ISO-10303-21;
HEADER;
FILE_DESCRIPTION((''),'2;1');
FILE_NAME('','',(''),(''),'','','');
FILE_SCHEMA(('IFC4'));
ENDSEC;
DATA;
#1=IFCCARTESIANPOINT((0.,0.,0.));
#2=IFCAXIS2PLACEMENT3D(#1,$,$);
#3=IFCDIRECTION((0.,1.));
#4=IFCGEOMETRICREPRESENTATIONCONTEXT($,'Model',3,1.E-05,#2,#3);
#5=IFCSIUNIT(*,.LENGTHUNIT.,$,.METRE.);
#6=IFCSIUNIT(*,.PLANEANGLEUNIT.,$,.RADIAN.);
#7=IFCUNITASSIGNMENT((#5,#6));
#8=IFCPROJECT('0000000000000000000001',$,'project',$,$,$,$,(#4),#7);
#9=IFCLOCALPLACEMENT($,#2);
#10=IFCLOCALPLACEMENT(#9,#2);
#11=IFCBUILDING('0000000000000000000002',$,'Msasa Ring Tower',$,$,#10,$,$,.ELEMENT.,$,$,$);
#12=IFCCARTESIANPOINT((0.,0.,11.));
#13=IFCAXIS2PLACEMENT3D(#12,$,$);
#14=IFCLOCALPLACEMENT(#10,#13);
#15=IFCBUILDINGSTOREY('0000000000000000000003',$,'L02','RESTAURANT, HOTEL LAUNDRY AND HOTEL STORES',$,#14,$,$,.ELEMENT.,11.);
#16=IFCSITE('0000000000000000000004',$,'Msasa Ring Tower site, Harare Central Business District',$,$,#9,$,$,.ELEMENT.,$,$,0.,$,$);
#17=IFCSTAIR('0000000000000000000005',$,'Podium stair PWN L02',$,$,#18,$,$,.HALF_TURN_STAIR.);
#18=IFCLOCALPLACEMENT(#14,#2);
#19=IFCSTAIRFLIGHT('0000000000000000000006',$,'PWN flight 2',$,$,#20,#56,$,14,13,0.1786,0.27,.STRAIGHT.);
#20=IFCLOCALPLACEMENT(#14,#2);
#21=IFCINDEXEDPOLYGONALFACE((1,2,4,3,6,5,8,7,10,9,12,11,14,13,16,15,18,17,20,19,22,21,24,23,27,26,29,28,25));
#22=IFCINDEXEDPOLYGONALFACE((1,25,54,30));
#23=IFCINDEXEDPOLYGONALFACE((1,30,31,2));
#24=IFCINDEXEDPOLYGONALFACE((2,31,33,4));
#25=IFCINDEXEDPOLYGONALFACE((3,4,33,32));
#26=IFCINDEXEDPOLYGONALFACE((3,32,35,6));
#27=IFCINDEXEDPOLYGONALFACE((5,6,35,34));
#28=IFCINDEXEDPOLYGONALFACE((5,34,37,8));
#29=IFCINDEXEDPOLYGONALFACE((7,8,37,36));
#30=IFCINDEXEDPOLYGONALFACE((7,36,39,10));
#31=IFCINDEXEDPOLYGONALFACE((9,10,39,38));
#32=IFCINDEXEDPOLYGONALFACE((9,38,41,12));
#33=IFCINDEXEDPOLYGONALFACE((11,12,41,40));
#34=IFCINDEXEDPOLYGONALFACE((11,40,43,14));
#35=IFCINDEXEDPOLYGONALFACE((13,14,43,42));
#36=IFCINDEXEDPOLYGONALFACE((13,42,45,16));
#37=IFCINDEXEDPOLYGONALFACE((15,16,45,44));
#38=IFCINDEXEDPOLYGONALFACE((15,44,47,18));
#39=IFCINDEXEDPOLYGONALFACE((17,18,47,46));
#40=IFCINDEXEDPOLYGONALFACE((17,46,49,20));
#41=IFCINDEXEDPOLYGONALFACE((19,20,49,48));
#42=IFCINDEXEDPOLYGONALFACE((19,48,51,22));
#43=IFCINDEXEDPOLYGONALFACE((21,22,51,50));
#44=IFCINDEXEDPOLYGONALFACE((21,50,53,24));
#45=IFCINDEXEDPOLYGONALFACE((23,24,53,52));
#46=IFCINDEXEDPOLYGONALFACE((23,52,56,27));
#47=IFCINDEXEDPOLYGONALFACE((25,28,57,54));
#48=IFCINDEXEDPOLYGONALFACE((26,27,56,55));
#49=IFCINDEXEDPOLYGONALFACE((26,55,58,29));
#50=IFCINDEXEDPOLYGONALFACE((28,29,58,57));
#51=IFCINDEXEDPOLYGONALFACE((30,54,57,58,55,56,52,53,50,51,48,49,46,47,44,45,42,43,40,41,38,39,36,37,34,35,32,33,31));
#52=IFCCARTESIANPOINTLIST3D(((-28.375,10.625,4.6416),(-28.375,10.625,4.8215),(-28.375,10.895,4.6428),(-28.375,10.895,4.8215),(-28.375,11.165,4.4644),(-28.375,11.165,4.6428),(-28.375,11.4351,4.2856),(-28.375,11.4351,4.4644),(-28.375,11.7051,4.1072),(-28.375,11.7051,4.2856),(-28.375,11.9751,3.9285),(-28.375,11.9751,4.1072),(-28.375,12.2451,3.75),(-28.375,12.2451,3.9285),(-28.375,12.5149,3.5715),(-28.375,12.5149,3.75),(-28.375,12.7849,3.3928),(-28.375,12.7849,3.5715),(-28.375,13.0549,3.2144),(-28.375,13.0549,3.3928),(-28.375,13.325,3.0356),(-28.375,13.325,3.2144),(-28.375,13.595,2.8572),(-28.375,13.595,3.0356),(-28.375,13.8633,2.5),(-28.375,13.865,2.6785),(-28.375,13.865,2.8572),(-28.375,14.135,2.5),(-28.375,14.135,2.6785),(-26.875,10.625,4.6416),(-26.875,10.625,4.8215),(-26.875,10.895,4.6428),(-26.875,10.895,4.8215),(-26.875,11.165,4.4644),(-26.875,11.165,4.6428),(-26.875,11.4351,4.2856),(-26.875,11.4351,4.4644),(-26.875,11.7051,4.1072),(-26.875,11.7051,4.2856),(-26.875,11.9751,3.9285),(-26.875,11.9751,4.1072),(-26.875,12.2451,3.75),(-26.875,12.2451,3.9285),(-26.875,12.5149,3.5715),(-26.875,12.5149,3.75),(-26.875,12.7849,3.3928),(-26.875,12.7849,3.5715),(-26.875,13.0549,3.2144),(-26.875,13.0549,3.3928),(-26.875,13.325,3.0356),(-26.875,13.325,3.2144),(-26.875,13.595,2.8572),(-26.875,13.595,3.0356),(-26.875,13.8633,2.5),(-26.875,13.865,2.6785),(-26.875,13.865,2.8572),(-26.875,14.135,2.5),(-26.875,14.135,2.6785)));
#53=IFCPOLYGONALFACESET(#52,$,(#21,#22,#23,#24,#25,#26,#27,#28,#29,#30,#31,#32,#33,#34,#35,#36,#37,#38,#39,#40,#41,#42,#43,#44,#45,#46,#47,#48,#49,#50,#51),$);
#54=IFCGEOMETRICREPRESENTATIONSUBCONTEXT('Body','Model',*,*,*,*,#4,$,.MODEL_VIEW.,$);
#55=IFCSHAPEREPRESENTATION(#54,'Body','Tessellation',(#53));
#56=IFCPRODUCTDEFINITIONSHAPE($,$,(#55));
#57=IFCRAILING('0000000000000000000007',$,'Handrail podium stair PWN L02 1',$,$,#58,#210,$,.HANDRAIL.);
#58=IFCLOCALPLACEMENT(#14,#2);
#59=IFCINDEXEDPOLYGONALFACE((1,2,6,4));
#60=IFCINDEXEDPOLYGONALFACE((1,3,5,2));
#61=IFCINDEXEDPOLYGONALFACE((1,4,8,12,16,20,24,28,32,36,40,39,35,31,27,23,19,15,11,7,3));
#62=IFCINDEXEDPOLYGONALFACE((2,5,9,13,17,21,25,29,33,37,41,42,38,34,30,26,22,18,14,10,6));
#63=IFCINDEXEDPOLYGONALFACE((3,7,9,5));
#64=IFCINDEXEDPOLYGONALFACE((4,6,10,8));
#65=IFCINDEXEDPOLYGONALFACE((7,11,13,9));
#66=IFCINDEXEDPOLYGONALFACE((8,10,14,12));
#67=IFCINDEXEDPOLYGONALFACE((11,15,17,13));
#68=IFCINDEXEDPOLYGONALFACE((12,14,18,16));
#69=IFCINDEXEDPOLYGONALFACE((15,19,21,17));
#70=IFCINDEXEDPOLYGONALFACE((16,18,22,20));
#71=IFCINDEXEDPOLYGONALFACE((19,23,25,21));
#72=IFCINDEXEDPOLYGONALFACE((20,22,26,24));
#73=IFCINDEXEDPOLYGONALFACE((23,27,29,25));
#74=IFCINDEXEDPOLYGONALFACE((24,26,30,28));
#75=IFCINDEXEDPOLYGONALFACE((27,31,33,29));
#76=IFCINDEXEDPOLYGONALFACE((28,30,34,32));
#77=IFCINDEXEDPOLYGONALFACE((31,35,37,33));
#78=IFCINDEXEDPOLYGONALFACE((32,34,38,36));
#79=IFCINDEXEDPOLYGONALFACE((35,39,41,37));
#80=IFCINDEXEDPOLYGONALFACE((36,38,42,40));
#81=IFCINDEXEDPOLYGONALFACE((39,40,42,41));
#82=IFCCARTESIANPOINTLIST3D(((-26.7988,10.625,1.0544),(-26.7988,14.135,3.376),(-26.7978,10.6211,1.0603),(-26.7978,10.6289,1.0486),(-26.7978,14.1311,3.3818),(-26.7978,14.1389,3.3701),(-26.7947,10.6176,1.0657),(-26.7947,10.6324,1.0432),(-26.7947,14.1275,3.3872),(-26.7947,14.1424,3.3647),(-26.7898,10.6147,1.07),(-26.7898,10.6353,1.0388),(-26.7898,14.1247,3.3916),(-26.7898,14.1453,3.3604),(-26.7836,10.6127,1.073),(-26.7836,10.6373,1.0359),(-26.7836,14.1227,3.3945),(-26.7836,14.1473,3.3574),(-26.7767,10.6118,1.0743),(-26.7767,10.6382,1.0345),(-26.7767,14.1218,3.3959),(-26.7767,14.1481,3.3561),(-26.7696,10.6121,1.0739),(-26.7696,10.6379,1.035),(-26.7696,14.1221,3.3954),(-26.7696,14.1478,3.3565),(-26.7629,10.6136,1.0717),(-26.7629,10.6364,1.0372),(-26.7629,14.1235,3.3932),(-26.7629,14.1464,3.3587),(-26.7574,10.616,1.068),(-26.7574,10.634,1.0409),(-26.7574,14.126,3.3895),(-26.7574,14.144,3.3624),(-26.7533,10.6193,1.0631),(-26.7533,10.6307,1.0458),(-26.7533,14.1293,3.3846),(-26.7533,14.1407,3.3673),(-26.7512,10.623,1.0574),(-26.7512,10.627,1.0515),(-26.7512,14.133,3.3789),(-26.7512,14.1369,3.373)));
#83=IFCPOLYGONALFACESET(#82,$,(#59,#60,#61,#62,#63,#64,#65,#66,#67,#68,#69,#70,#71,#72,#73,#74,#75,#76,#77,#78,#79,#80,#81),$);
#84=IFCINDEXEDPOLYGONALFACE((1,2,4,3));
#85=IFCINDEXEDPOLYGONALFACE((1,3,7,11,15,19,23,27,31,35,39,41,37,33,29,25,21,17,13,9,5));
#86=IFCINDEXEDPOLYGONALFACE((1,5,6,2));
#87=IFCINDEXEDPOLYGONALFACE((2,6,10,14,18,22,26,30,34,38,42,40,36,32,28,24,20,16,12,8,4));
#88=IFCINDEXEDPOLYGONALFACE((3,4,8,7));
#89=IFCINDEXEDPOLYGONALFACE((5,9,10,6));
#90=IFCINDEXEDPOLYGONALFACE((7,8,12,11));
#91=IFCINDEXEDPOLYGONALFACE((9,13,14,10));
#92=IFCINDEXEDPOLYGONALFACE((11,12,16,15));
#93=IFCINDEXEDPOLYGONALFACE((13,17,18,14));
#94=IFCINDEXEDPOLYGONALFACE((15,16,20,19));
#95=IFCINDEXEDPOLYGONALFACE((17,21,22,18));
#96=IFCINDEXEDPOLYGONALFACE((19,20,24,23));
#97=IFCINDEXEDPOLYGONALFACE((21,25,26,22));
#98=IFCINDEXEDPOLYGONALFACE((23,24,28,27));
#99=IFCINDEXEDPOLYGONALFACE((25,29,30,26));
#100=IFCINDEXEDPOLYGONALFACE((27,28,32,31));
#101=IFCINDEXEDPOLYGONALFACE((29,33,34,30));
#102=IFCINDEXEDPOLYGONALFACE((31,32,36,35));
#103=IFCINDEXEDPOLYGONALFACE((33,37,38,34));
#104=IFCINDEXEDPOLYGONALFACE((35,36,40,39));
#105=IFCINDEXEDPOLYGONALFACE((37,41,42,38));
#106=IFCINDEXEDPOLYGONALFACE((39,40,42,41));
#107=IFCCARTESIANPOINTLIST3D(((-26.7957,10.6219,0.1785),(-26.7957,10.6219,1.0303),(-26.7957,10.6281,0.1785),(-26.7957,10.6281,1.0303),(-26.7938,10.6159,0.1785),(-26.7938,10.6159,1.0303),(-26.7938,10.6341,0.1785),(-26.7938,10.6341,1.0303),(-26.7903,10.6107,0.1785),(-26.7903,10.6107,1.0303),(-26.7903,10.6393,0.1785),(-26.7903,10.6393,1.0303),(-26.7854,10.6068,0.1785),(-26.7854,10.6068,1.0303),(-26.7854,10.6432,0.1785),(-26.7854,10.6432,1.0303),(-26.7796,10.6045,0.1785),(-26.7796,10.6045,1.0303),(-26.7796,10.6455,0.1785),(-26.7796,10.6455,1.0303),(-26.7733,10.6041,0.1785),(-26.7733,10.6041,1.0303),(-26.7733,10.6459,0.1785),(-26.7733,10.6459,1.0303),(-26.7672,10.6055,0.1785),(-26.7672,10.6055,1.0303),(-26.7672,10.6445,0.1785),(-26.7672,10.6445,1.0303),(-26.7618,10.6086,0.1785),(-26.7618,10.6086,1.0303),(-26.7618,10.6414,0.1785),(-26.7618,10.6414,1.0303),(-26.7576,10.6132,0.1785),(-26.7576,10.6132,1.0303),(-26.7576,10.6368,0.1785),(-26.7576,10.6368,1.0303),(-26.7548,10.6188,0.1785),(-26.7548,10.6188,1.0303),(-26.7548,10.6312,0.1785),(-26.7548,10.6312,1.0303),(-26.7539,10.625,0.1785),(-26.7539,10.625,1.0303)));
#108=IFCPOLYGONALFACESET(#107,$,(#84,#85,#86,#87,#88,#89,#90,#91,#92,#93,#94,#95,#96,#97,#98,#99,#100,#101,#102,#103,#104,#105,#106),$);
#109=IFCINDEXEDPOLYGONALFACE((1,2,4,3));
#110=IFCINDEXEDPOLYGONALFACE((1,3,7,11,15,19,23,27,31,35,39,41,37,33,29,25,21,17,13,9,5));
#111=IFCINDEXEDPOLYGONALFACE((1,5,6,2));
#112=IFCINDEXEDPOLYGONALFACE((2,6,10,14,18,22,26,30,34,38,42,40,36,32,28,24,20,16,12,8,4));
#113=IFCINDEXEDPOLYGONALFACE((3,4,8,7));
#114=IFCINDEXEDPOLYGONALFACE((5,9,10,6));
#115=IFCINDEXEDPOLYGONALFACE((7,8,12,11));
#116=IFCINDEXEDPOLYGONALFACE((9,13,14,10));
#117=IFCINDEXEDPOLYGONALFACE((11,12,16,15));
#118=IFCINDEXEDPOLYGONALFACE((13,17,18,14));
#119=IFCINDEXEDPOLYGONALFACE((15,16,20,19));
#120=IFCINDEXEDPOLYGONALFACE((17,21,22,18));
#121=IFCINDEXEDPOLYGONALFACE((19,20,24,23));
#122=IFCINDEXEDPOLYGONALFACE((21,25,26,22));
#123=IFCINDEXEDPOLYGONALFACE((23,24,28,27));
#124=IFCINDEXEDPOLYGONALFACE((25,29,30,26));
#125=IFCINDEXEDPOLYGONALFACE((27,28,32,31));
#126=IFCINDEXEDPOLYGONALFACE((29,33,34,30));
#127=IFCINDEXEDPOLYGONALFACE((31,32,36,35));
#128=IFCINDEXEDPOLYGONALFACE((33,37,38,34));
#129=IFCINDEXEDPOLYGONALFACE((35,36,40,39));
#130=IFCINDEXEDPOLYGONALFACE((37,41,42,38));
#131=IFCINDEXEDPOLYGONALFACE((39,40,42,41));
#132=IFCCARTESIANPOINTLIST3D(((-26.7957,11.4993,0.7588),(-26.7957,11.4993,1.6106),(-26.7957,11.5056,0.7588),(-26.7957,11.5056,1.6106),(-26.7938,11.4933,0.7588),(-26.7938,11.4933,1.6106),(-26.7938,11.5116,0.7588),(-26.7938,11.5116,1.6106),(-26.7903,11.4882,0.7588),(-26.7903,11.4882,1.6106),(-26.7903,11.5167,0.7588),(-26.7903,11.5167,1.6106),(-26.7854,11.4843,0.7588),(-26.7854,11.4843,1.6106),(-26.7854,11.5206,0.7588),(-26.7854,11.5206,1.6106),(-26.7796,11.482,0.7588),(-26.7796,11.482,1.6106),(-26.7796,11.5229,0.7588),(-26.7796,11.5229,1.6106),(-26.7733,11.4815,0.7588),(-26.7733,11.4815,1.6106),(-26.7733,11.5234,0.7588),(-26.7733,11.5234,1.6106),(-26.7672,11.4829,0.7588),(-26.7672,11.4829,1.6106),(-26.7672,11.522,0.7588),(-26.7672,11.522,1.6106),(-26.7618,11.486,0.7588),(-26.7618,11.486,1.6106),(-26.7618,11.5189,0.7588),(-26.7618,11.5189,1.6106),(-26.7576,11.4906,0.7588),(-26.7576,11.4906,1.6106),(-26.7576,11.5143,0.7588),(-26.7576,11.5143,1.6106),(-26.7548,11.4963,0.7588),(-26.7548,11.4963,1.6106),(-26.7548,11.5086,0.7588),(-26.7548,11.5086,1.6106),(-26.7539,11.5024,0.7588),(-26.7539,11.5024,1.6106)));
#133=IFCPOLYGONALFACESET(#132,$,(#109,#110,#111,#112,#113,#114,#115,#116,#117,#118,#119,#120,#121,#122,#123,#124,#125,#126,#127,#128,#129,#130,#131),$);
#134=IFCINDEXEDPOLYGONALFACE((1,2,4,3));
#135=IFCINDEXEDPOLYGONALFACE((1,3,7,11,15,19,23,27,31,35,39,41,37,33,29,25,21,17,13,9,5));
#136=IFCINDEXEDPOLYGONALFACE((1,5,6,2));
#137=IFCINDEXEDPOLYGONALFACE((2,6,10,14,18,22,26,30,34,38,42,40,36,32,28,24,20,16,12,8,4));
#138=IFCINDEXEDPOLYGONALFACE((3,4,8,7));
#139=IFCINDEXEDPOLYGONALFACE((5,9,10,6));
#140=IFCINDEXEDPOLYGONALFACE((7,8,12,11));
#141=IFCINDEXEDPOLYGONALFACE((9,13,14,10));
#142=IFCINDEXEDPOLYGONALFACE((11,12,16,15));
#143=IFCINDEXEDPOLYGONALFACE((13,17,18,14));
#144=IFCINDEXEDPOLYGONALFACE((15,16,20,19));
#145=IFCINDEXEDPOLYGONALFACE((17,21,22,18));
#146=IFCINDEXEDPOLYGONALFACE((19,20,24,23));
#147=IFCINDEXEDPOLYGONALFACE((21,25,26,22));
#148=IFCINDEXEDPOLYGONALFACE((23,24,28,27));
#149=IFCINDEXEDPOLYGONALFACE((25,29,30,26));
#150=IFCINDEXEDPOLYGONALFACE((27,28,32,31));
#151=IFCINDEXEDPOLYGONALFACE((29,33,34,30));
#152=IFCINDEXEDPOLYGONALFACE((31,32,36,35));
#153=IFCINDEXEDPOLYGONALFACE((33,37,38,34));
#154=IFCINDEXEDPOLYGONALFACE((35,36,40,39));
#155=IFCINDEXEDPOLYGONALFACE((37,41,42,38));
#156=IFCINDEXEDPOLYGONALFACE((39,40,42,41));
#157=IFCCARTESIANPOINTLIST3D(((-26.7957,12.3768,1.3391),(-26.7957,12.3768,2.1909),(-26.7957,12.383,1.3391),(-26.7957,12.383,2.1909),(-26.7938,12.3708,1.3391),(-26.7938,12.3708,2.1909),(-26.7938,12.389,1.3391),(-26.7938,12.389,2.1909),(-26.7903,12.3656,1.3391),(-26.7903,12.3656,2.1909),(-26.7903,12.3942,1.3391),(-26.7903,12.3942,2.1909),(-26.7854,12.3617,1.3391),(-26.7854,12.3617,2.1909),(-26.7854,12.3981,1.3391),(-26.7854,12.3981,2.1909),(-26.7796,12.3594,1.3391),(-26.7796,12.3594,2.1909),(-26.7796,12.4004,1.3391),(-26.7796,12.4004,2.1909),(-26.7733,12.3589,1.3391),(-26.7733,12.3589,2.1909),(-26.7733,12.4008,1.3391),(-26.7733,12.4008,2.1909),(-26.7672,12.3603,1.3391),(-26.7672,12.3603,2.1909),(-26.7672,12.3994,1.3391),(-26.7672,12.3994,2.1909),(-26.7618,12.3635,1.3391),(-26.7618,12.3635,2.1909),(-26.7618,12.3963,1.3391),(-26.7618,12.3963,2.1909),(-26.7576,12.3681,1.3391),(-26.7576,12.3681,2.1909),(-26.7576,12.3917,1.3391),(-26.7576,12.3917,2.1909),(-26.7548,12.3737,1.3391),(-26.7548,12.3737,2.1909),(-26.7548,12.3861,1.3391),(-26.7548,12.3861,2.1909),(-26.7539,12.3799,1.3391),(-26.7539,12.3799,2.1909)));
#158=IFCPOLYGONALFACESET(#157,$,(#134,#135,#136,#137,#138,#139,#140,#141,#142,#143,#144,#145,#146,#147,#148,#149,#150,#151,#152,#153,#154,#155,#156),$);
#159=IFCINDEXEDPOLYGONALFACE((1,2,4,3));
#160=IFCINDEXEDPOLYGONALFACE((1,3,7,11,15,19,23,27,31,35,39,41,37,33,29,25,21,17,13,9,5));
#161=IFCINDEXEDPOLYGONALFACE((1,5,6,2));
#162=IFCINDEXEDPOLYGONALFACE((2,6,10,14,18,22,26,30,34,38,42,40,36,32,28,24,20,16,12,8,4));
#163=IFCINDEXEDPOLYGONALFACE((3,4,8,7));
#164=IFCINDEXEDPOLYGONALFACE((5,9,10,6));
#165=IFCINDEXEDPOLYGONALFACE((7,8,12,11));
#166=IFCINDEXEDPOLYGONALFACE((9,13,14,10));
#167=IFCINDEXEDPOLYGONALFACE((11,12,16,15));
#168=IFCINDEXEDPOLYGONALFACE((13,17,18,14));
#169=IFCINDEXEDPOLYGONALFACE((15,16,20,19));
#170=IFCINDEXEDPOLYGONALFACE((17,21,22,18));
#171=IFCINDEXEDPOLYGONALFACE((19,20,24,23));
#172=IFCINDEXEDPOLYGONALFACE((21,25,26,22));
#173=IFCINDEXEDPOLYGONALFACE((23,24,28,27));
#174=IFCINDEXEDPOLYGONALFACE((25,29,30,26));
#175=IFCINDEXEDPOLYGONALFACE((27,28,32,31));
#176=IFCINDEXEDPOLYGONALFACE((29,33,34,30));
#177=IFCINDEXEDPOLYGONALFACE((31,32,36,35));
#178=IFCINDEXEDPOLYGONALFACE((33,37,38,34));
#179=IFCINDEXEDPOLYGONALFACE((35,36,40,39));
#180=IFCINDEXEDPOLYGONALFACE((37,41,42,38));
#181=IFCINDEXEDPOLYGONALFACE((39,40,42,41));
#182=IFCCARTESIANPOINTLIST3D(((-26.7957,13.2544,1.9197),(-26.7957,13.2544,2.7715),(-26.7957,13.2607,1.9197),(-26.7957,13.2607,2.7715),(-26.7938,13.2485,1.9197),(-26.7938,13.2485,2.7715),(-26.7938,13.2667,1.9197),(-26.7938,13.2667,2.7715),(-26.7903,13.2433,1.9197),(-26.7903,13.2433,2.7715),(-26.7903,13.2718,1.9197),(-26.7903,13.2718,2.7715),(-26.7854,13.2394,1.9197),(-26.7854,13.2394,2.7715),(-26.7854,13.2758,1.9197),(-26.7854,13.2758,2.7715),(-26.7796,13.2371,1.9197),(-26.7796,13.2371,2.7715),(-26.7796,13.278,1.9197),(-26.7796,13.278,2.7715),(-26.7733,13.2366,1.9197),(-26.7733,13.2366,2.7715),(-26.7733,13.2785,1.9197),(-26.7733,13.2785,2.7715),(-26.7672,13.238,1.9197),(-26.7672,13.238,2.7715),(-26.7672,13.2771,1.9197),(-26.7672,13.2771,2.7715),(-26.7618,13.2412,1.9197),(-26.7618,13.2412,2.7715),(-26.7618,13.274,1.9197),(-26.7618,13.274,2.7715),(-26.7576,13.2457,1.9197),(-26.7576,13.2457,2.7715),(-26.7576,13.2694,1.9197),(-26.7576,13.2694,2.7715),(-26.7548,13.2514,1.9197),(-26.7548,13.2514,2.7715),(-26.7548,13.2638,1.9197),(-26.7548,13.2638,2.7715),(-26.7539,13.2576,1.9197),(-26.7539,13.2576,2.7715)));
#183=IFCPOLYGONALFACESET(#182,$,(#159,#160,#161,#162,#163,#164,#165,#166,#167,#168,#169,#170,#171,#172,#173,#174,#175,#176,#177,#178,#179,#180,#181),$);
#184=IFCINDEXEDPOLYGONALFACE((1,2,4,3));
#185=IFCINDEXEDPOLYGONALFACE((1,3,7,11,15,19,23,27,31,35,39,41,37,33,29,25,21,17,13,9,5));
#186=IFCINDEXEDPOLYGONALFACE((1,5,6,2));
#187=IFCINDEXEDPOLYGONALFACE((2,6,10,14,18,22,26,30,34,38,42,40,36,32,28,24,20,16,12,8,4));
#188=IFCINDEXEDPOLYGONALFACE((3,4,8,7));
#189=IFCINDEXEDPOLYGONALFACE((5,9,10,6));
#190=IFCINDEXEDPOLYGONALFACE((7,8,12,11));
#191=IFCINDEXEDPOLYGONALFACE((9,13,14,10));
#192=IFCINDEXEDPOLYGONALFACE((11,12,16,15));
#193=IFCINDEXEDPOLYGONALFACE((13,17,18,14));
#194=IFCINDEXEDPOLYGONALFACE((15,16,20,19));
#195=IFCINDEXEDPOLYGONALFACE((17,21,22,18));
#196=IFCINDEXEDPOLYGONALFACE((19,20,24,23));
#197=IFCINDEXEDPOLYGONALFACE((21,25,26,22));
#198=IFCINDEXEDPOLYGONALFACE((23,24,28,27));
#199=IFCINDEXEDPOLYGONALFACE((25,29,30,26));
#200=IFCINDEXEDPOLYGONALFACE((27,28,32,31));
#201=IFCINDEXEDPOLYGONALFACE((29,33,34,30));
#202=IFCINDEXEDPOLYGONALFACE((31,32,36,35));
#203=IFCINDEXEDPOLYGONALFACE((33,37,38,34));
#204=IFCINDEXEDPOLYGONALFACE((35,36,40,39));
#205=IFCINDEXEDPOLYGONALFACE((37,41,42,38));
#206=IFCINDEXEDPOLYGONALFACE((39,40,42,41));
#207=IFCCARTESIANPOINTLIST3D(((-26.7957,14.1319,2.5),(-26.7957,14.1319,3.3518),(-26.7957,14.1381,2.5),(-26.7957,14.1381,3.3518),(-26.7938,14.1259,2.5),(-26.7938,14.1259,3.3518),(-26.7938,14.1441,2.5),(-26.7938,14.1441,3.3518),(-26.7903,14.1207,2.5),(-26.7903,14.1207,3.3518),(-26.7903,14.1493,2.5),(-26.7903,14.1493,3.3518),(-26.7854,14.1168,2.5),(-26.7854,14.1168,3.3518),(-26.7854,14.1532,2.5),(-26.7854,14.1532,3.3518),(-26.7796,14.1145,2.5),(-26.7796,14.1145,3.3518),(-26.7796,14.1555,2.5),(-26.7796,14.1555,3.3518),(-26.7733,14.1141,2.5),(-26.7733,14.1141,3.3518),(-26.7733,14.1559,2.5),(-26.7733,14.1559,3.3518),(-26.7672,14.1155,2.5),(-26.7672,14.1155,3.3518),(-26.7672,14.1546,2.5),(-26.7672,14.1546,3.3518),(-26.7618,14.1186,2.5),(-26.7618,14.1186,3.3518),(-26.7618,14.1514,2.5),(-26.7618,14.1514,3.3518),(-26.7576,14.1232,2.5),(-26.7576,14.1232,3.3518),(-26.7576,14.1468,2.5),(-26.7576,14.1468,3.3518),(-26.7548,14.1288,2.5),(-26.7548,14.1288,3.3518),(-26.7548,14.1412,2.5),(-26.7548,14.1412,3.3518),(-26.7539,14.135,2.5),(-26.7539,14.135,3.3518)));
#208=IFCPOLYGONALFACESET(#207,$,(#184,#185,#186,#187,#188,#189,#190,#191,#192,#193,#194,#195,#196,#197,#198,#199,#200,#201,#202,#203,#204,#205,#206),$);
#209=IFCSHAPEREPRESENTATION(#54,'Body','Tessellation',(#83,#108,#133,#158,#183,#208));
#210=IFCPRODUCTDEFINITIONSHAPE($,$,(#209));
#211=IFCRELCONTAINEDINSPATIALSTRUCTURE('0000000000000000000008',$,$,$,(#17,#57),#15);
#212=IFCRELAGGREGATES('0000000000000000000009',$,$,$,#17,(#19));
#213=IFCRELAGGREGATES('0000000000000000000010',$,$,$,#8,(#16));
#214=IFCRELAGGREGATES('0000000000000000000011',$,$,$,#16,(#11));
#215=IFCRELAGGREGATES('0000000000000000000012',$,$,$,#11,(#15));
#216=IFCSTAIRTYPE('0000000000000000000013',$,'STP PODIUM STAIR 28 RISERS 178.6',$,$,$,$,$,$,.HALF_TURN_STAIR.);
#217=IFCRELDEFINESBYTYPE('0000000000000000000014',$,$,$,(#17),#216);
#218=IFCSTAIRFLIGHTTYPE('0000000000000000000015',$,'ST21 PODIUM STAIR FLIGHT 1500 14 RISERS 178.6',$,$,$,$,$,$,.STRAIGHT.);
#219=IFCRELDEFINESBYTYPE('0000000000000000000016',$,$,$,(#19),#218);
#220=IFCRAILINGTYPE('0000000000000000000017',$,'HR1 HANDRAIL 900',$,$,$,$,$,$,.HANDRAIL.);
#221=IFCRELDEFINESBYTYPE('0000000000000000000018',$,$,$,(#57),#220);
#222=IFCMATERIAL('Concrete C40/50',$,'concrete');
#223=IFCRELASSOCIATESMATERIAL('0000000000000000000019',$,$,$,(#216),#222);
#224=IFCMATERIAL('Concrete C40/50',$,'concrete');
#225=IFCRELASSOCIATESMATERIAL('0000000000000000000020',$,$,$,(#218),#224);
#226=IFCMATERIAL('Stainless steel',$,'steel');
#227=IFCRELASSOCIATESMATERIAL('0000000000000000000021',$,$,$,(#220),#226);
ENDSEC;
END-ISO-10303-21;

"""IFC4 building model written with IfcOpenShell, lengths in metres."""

from ifc_helpers import new_model, si_unit, direction, frame, origin, origin_2d, place, context, subcontext, project, spatial, polyline, circle, outline, extrude, material, type_object, element, aggregate, save


model = new_model("IFC4")

# Units and contexts
model_context = context("Model", 3, precision=1e-05, world=origin(), true_north=direction((0.0, 1.0)))
body_context = subcontext(model_context, "Body", "Model", "MODEL_VIEW")
ifc_project = project(units=[si_unit("LENGTHUNIT", "METRE"), si_unit("PLANEANGLEUNIT", "RADIAN")], contexts=[model_context])

# Site, building, storey
site_placement = place(None, origin())
site = spatial("IfcSite", under=ifc_project, at=site_placement, Name="Msasa Ring Tower site, Harare Central Business District", CompositionType="ELEMENT", RefElevation=0.0)
building_placement = place(site_placement, origin())
building = spatial("IfcBuilding", under=site, at=building_placement, Name="Msasa Ring Tower", CompositionType="ELEMENT")
storey_placement = place(building_placement, frame((0.0, 0.0, 11.0)))
storey = spatial("IfcBuildingStorey", under=building, at=storey_placement, Name="L02", Description="RESTAURANT, HOTEL LAUNDRY AND HOTEL STORES", CompositionType="ELEMENT", Elevation=11.0)

# Stair, stair flight
ifc_material_1 = material(Name="Concrete C40/50", Category="concrete")
stair_type = type_object("IfcStairType", Name="STP PODIUM STAIR 28 RISERS 178.6", PredefinedType="HALF_TURN_STAIR", material=ifc_material_1)
stair_placement = place(storey_placement, origin())
stair = element("IfcStair", 1, at=stair_placement, inside=storey, type_object=stair_type, Name="Podium stair PWN L02", PredefinedType="HALF_TURN_STAIR")
ifc_material_2 = material(Name="Concrete C40/50", Category="concrete")
stair_flight_type = type_object("IfcStairFlightType", Name="ST21 PODIUM STAIR FLIGHT 1500 14 RISERS 178.6", PredefinedType="STRAIGHT", material=ifc_material_2)
stair_flight_1_placement = place(storey_placement, frame((-27.625, 14.135, 2.5), z_axis=(0.0, 0.0, 1.0), x_axis=(0.0, -1.0, 0.0)))
stair_flight_1 = element("IfcStairFlight", 2, at=stair_flight_1_placement, type_object=stair_flight_type, Name="PWN flight 2", NumberOfRisers=14, NumberOfTreads=13, PredefinedType="STRAIGHT", RiserHeight=0.1786, TreadLength=0.27, context=body_context, shape_type="SweptSolid", body=[
    extrude(outline(polyline([(0.0, 0.0), (0.0, 0.1785), (0.27, 0.1785), (0.27, 0.3572), (0.54, 0.3572), (0.54, 0.5356), (0.8101, 0.5356), (0.8101, 0.7144), (1.0801, 0.7144), (1.0801, 0.8928), (1.3501, 0.8928), (1.3501, 1.0715), (1.6201, 1.0715), (1.6201, 1.25), (1.8899, 1.25), (1.8899, 1.4285), (2.1599, 1.4285), (2.1599, 1.6072), (2.4299, 1.6072), (2.4299, 1.7856), (2.7, 1.7856), (2.7, 1.9644), (2.97, 1.9644), (2.97, 2.1428), (3.24, 2.1428), (3.24, 2.3215), (3.51, 2.3215), (3.51, 2.5), (3.51, 2.1416), (0.2717, 0.0), (0.0, 0.0)])), frame((0.0, 0.75, 0.0), z_axis=(0.0, -1.0, 0.0), x_axis=(1.0, 0.0, 0.0)), (0.0, 0.0, 1.0), 1.5),
])
aggregate(stair, [stair_flight_1])

# Railing
ifc_material_3 = material(Name="Stainless steel", Category="steel")
railing_type = type_object("IfcRailingType", Name="HR1 HANDRAIL 900", PredefinedType="HANDRAIL", material=ifc_material_3)
for number, where, name in (
    (3, (-26.7749, 10.625, 0.1785), "Handrail podium stair PWN L02 1"),
):
    element("IfcRailing", number, at=place(storey_placement, frame(where)), inside=storey, type_object=railing_type, Name=name, PredefinedType="HANDRAIL", context=body_context, shape_type="SweptSolid", body=[
        extrude(circle(Radius=0.0239, at=origin_2d()), frame((0.0, 0.0, 0.876), z_axis=(0.0, 0.834071, 0.551657), x_axis=(-1.0, 0.0, 0.0)), (0.0, 0.0, 1.0), 4.2083),
        extrude(circle(Radius=0.021, at=origin_2d()), origin(), (0.0, 0.0, 1.0), 0.8518),
        extrude(circle(Radius=0.021, at=origin_2d()), frame((0.0, 0.8774, 0.5803)), (0.0, 0.0, 1.0), 0.8518),
        extrude(circle(Radius=0.021, at=origin_2d()), frame((0.0, 1.7549, 1.1606)), (0.0, 0.0, 1.0), 0.8518),
        extrude(circle(Radius=0.021, at=origin_2d()), frame((0.0, 2.6326, 1.7412)), (0.0, 0.0, 1.0), 0.8518),
        extrude(circle(Radius=0.021, at=origin_2d()), frame((0.0, 3.51, 2.3215)), (0.0, 0.0, 1.0), 0.8518),
    ])

save(model, "model.ifc")
